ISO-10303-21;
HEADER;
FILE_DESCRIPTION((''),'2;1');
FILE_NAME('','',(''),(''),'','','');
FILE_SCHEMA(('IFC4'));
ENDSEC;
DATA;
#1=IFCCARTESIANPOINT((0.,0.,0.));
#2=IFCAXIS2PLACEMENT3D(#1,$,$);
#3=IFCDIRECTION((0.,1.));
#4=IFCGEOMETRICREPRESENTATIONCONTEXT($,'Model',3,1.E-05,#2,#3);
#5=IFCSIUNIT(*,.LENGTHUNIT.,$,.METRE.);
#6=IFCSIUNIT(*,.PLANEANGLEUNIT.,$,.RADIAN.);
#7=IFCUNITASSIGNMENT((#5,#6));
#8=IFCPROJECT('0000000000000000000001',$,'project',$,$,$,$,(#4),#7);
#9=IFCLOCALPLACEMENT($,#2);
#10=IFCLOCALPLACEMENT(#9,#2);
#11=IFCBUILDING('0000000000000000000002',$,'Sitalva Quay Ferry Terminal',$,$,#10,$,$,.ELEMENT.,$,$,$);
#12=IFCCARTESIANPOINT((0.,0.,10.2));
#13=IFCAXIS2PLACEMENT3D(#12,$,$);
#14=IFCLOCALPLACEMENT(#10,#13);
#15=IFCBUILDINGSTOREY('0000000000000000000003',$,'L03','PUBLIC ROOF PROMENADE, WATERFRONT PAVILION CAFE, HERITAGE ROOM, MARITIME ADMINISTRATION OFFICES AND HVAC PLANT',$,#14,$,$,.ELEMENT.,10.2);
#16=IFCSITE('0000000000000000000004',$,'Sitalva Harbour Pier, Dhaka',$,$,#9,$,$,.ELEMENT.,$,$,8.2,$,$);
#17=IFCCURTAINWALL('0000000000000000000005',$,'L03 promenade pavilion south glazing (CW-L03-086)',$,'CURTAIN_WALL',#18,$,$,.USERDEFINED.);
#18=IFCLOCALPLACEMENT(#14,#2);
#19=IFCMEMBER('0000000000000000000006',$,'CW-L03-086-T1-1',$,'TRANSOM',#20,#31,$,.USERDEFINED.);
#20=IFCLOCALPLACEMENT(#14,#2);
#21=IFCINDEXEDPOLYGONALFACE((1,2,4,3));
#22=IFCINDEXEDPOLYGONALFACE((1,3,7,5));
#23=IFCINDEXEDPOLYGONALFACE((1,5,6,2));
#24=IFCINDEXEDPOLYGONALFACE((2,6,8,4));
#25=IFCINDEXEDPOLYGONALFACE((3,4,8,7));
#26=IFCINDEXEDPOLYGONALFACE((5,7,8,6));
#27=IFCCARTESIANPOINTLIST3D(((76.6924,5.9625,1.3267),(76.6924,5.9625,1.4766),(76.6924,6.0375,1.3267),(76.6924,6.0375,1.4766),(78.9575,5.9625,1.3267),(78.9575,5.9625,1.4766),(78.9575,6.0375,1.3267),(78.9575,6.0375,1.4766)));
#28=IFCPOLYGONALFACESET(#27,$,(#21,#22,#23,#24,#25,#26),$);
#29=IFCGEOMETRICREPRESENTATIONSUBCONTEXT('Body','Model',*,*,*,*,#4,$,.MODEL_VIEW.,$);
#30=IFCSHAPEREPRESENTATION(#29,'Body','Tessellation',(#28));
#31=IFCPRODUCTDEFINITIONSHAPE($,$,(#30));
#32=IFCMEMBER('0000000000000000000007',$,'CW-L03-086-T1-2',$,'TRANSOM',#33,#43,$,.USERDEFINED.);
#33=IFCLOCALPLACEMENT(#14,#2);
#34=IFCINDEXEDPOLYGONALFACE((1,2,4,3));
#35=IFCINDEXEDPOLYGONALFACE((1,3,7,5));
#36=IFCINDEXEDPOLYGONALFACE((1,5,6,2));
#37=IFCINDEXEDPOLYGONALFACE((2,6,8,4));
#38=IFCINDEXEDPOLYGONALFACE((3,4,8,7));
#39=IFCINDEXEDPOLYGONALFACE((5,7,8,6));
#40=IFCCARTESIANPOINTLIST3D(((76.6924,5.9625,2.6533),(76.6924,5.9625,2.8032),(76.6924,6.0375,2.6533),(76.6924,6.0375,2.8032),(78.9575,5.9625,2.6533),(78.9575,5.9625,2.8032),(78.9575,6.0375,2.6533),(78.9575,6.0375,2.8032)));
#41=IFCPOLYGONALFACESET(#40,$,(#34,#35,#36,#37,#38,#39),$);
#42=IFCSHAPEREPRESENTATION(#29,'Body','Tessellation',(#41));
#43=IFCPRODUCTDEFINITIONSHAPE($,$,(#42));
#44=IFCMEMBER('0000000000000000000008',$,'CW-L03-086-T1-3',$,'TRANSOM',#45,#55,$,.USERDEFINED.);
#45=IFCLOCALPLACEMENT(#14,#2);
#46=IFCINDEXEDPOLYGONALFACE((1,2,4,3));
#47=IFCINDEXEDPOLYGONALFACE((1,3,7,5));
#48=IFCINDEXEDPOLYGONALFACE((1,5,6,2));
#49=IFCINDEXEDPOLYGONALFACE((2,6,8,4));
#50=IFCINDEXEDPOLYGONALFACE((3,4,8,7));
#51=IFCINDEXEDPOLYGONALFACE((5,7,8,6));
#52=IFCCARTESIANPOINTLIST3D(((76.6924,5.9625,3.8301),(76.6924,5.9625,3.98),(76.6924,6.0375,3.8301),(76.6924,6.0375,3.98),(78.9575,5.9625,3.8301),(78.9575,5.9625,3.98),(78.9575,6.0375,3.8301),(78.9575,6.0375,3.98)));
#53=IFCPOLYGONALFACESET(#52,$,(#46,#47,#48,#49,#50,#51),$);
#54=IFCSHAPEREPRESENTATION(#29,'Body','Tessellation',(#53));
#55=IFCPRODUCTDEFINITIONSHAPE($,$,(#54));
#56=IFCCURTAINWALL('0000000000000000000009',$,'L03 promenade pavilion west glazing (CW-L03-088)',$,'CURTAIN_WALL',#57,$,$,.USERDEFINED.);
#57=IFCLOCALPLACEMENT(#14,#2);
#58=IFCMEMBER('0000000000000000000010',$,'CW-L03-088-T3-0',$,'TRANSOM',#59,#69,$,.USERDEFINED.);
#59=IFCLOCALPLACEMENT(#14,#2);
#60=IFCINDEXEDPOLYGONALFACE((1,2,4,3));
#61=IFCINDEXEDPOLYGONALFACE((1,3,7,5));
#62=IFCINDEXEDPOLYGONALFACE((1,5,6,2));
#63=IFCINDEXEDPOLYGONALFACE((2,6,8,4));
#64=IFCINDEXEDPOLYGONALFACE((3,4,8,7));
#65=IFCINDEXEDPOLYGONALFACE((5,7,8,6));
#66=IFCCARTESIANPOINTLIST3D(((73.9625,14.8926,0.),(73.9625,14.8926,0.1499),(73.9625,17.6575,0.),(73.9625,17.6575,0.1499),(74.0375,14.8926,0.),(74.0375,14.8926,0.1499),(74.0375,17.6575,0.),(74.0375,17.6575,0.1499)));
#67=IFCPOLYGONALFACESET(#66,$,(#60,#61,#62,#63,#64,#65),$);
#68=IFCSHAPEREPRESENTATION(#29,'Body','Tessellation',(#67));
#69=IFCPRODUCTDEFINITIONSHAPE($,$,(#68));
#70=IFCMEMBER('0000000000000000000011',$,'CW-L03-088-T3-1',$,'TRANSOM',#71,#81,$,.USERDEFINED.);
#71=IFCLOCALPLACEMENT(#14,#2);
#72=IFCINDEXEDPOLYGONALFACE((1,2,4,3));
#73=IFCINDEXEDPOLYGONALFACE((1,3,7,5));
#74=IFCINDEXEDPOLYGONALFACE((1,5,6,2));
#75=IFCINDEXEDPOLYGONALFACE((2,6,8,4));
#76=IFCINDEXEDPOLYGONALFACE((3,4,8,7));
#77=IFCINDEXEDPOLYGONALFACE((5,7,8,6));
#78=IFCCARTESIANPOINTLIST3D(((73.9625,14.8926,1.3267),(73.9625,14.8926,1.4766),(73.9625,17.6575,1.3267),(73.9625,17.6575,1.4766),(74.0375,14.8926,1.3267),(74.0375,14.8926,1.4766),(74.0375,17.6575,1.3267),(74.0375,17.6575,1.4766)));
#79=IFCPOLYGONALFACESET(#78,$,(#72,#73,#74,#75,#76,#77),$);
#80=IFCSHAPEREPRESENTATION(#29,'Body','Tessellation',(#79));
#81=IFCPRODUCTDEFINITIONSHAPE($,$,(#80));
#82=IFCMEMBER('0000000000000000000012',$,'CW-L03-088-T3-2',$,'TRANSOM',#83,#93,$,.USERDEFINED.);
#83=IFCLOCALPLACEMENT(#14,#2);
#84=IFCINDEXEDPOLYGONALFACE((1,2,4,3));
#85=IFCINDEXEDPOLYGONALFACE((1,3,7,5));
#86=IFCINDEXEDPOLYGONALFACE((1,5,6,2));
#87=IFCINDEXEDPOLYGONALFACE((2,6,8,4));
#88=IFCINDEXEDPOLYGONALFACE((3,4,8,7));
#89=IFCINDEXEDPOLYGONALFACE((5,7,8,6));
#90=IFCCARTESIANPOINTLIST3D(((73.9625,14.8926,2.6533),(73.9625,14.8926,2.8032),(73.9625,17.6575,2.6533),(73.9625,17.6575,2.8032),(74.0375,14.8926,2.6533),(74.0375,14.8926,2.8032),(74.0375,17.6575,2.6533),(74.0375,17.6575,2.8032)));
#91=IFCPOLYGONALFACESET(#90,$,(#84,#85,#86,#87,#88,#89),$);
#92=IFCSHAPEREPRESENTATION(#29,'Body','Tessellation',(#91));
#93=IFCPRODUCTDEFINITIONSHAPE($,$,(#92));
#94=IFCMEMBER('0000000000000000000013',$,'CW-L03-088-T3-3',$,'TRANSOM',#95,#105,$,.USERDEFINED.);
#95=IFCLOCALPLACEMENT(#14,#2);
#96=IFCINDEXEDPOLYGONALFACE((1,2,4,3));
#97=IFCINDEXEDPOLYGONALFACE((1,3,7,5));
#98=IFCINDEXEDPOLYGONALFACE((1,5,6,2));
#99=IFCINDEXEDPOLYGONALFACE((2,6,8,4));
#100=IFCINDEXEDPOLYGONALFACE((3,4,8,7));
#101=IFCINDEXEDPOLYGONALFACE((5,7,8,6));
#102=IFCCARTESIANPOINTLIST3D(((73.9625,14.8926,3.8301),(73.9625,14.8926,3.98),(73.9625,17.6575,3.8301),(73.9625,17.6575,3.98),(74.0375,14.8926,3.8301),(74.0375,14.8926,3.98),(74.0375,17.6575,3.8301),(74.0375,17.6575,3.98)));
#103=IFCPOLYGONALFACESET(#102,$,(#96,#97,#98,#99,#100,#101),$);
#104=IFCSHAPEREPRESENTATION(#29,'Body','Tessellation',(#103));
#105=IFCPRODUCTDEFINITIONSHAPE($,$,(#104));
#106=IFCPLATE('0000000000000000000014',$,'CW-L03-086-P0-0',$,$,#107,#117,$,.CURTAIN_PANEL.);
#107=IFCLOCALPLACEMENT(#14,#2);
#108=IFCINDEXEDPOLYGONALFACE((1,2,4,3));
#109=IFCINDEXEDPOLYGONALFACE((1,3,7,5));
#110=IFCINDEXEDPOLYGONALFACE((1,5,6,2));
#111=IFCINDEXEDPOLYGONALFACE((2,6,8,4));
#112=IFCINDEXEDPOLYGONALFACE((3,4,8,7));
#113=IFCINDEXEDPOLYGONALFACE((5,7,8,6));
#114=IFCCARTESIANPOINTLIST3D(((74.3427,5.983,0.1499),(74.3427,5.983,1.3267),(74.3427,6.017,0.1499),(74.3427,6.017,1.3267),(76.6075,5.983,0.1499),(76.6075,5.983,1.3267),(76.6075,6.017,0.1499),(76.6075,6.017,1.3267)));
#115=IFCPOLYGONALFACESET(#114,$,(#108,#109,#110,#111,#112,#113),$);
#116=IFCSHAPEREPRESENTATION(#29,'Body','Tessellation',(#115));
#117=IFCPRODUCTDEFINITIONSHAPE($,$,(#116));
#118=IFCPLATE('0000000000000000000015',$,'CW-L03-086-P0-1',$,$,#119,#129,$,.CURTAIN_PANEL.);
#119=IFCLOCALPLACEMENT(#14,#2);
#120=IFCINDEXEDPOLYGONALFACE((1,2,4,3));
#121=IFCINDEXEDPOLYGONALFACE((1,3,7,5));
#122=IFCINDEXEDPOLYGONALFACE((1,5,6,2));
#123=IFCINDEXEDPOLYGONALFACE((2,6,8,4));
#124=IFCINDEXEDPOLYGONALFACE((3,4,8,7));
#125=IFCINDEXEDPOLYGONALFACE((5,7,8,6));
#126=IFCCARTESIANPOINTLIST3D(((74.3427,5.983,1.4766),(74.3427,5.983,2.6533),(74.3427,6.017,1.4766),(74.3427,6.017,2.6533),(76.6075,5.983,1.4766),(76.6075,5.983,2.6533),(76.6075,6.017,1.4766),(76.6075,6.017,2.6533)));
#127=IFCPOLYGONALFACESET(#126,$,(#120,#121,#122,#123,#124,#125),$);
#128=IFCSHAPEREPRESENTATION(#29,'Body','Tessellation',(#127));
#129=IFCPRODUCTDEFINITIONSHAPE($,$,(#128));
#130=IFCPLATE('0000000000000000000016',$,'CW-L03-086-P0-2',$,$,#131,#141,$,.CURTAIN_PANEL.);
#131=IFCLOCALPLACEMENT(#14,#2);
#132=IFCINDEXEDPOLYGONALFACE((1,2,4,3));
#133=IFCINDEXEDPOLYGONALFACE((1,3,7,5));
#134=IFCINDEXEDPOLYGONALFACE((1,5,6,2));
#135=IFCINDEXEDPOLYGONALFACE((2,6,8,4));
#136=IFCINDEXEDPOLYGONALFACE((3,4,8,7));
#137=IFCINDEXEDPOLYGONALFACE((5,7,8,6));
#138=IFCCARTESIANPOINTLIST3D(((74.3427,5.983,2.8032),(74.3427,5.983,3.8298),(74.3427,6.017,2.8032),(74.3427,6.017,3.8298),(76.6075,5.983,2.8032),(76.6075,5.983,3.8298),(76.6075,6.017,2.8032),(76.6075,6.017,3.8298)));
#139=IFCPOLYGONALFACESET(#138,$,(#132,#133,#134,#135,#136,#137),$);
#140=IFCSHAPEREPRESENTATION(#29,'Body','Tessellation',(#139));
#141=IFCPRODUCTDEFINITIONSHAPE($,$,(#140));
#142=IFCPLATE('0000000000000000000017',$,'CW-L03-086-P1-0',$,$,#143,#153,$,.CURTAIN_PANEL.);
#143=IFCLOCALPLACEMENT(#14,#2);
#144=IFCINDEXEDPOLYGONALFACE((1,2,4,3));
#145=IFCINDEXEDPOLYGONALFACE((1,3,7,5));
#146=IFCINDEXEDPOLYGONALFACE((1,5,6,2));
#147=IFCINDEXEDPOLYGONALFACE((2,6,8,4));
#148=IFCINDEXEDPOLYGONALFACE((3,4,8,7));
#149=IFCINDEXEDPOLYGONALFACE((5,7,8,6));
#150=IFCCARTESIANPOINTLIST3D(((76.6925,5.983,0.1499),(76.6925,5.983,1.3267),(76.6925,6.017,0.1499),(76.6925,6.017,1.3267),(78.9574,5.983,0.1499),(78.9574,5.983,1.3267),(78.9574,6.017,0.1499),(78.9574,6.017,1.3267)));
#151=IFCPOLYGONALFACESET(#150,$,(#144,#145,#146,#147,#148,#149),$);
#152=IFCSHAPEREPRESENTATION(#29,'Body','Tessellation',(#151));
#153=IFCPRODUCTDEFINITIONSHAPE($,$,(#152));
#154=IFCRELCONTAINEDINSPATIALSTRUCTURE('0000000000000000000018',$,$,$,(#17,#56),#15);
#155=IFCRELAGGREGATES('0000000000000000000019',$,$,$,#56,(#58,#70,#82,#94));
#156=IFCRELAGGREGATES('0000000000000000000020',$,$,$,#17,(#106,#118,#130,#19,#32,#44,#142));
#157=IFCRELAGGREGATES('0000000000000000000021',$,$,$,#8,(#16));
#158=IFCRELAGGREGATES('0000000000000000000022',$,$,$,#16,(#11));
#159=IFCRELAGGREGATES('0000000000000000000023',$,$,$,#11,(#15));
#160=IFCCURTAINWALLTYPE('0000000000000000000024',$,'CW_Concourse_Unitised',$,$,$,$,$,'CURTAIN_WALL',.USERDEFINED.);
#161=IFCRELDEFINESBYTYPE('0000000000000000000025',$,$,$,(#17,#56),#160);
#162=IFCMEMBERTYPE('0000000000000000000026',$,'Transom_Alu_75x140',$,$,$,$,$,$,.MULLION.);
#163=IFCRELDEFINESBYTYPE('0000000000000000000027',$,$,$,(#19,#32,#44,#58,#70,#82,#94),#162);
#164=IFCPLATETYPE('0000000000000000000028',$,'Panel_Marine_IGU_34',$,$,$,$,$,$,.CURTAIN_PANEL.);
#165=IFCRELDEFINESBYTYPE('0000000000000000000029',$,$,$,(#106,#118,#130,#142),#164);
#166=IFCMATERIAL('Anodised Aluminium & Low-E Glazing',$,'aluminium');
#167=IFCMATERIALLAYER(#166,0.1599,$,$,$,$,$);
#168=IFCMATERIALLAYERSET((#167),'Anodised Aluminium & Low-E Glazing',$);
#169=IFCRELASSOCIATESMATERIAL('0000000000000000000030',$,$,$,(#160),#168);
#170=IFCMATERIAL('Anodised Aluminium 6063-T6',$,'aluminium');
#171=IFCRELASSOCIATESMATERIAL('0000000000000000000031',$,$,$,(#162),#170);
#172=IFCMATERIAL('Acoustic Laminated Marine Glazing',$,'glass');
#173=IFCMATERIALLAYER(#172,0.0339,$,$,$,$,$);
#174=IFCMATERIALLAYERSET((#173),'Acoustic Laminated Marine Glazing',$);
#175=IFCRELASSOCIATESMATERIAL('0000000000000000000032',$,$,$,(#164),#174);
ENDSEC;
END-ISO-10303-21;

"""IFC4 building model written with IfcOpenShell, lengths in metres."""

from ifc_helpers import new_model, si_unit, direction, frame, origin, origin_2d, place, context, subcontext, project, spatial, rectangle, extrude, material, layer, layer_set, material_profile, profile_set, type_object, element, aggregate, save


model = new_model("IFC4")

# Units and contexts
model_context = context("Model", 3, precision=1e-05, world=origin(), true_north=direction((0.0, 1.0)))
body_context = subcontext(model_context, "Body", "Model", "MODEL_VIEW")
ifc_project = project(units=[si_unit("LENGTHUNIT", "METRE"), si_unit("PLANEANGLEUNIT", "RADIAN")], contexts=[model_context])

# Site, building, storey
site_placement = place(None, origin())
site = spatial("IfcSite", under=ifc_project, at=site_placement, Name="Sitalva Harbour Pier, Dhaka", CompositionType="ELEMENT", RefElevation=8.2)
building_placement = place(site_placement, origin())
building = spatial("IfcBuilding", under=site, at=building_placement, Name="Sitalva Quay Ferry Terminal", CompositionType="ELEMENT")
storey_placement = place(building_placement, frame((0.0, 0.0, 10.2)))
storey = spatial("IfcBuildingStorey", under=building, at=storey_placement, Name="L03", Description="PUBLIC ROOF PROMENADE, WATERFRONT PAVILION CAFE, HERITAGE ROOM, MARITIME ADMINISTRATION OFFICES AND HVAC PLANT", CompositionType="ELEMENT", Elevation=10.2)

# Curtain walls, members
ifc_material_1 = material(Name="Anodised Aluminium & Low-E Glazing", Category="aluminium")
ifc_layer_1 = layer(ifc_material_1, 0.1599)
ifc_layer_set_1 = layer_set([ifc_layer_1], Name="Anodised Aluminium & Low-E Glazing")
curtain_wall_type = type_object("IfcCurtainWallType", Name="CW_Concourse_Unitised", ElementType="CURTAIN_WALL", PredefinedType="USERDEFINED", material=ifc_layer_set_1)
curtain_wall_1_placement = place(storey_placement, origin())
curtain_wall_1 = element("IfcCurtainWall", 1, at=curtain_wall_1_placement, inside=storey, type_object=curtain_wall_type, Name="L03 promenade pavilion south glazing (CW-L03-086)", ObjectType="CURTAIN_WALL", PredefinedType="USERDEFINED")
ifc_material_2 = material(Name="Anodised Aluminium 6063-T6", Category="aluminium")
ifc_material_profile_1 = material_profile(ifc_material_2, rectangle(XDim=0.075, YDim=0.1499, at=origin_2d()), Name="ALU75x150")
ifc_profile_set_1 = profile_set([ifc_material_profile_1], Name="Anodised Aluminium 6063-T6")
member_type_1 = type_object("IfcMemberType", Name="Transom_Alu_75x140", PredefinedType="MULLION", material=ifc_profile_set_1)
member_1_placement = place(storey_placement, frame((76.6924, 6.0, 1.4016), z_axis=(1.0, 0.0, 0.0), x_axis=(0.0, 1.0, 0.0)))
member_1 = element("IfcMember", 2, at=member_1_placement, type_object=member_type_1, Name="CW-L03-086-T1-1", ObjectType="TRANSOM", PredefinedType="USERDEFINED", context=body_context, shape_type="SweptSolid", body=[
    extrude(rectangle(XDim=0.075, YDim=0.1499, at=origin_2d()), origin(), (0.0, 0.0, 1.0), 2.2651),
])
member_2_placement = place(storey_placement, frame((76.6924, 6.0, 2.7283), z_axis=(1.0, 0.0, 0.0), x_axis=(0.0, 1.0, 0.0)))
member_2 = element("IfcMember", 3, at=member_2_placement, type_object=member_type_1, Name="CW-L03-086-T1-2", ObjectType="TRANSOM", PredefinedType="USERDEFINED", context=body_context, shape_type="SweptSolid", body=[
    extrude(rectangle(XDim=0.075, YDim=0.1499, at=origin_2d()), origin(), (0.0, 0.0, 1.0), 2.2651),
])
member_3_placement = place(storey_placement, frame((76.6924, 6.0, 3.905), z_axis=(1.0, 0.0, 0.0), x_axis=(0.0, 1.0, 0.0)))
member_3 = element("IfcMember", 4, at=member_3_placement, type_object=member_type_1, Name="CW-L03-086-T1-3", ObjectType="TRANSOM", PredefinedType="USERDEFINED", context=body_context, shape_type="SweptSolid", body=[
    extrude(rectangle(XDim=0.075, YDim=0.1499, at=origin_2d()), origin(), (0.0, 0.0, 1.0), 2.2651),
])
curtain_wall_2_placement = place(storey_placement, origin())
curtain_wall_2 = element("IfcCurtainWall", 5, at=curtain_wall_2_placement, inside=storey, type_object=curtain_wall_type, Name="L03 promenade pavilion west glazing (CW-L03-088)", ObjectType="CURTAIN_WALL", PredefinedType="USERDEFINED")
member_4_placement = place(storey_placement, frame((74.0, 14.8926, 0.075), z_axis=(0.0, 1.0, 0.0), x_axis=(-1.0, 0.0, 0.0)))
member_4 = element("IfcMember", 6, at=member_4_placement, type_object=member_type_1, Name="CW-L03-088-T3-0", ObjectType="TRANSOM", PredefinedType="USERDEFINED", context=body_context, shape_type="SweptSolid", body=[
    extrude(rectangle(XDim=0.075, YDim=0.1499, at=origin_2d()), origin(), (0.0, 0.0, 1.0), 2.7649),
])
member_5_placement = place(storey_placement, frame((74.0, 14.8926, 1.4016), z_axis=(0.0, 1.0, 0.0), x_axis=(-1.0, 0.0, 0.0)))
member_5 = element("IfcMember", 7, at=member_5_placement, type_object=member_type_1, Name="CW-L03-088-T3-1", ObjectType="TRANSOM", PredefinedType="USERDEFINED", context=body_context, shape_type="SweptSolid", body=[
    extrude(rectangle(XDim=0.075, YDim=0.1499, at=origin_2d()), origin(), (0.0, 0.0, 1.0), 2.7649),
])
member_6_placement = place(storey_placement, frame((74.0, 14.8926, 2.7283), z_axis=(0.0, 1.0, 0.0), x_axis=(-1.0, 0.0, 0.0)))
member_6 = element("IfcMember", 8, at=member_6_placement, type_object=member_type_1, Name="CW-L03-088-T3-2", ObjectType="TRANSOM", PredefinedType="USERDEFINED", context=body_context, shape_type="SweptSolid", body=[
    extrude(rectangle(XDim=0.075, YDim=0.1499, at=origin_2d()), origin(), (0.0, 0.0, 1.0), 2.7649),
])
member_7_placement = place(storey_placement, frame((74.0, 14.8926, 3.905), z_axis=(0.0, 1.0, 0.0), x_axis=(-1.0, 0.0, 0.0)))
member_7 = element("IfcMember", 9, at=member_7_placement, type_object=member_type_1, Name="CW-L03-088-T3-3", ObjectType="TRANSOM", PredefinedType="USERDEFINED", context=body_context, shape_type="SweptSolid", body=[
    extrude(rectangle(XDim=0.075, YDim=0.1499, at=origin_2d()), origin(), (0.0, 0.0, 1.0), 2.7649),
])
aggregate(curtain_wall_2, [member_4, member_5, member_6, member_7])

# Plates
ifc_material_3 = material(Name="Acoustic Laminated Marine Glazing", Category="glass")
ifc_layer_2 = layer(ifc_material_3, 0.0339)
ifc_layer_set_2 = layer_set([ifc_layer_2], Name="Acoustic Laminated Marine Glazing")
plate_type = type_object("IfcPlateType", Name="Panel_Marine_IGU_34", PredefinedType="CURTAIN_PANEL", material=ifc_layer_set_2)
plate_1_placement = place(storey_placement, frame((75.4751, 6.0, 0.1499), z_axis=(0.0, 0.0, 1.0), x_axis=(1.0, 0.0, 0.0)))
plate_1 = element("IfcPlate", 10, at=plate_1_placement, type_object=plate_type, Name="CW-L03-086-P0-0", PredefinedType="CURTAIN_PANEL", context=body_context, shape_type="SweptSolid", body=[
    extrude(rectangle(XDim=2.2649, YDim=0.0339, at=origin_2d()), origin(), (0.0, 0.0, 1.0), 1.1768),
])
plate_2_placement = place(storey_placement, frame((75.4751, 6.0, 1.4766), z_axis=(0.0, 0.0, 1.0), x_axis=(1.0, 0.0, 0.0)))
plate_2 = element("IfcPlate", 11, at=plate_2_placement, type_object=plate_type, Name="CW-L03-086-P0-1", PredefinedType="CURTAIN_PANEL", context=body_context, shape_type="SweptSolid", body=[
    extrude(rectangle(XDim=2.2649, YDim=0.0339, at=origin_2d()), origin(), (0.0, 0.0, 1.0), 1.1768),
])
plate_3_placement = place(storey_placement, frame((75.4751, 6.0, 2.8032), z_axis=(0.0, 0.0, 1.0), x_axis=(1.0, 0.0, 0.0)))
plate_3 = element("IfcPlate", 12, at=plate_3_placement, type_object=plate_type, Name="CW-L03-086-P0-2", PredefinedType="CURTAIN_PANEL", context=body_context, shape_type="SweptSolid", body=[
    extrude(rectangle(XDim=2.2649, YDim=0.0339, at=origin_2d()), origin(), (0.0, 0.0, 1.0), 1.0266),
])
plate_4_placement = place(storey_placement, frame((77.825, 6.0, 0.1499), z_axis=(0.0, 0.0, 1.0), x_axis=(1.0, 0.0, 0.0)))
plate_4 = element("IfcPlate", 13, at=plate_4_placement, type_object=plate_type, Name="CW-L03-086-P1-0", PredefinedType="CURTAIN_PANEL", context=body_context, shape_type="SweptSolid", body=[
    extrude(rectangle(XDim=2.2649, YDim=0.0339, at=origin_2d()), origin(), (0.0, 0.0, 1.0), 1.1768),
])
aggregate(curtain_wall_1, [plate_1, plate_2, plate_3, member_1, member_2, member_3, plate_4])

save(model, "model.ifc")
